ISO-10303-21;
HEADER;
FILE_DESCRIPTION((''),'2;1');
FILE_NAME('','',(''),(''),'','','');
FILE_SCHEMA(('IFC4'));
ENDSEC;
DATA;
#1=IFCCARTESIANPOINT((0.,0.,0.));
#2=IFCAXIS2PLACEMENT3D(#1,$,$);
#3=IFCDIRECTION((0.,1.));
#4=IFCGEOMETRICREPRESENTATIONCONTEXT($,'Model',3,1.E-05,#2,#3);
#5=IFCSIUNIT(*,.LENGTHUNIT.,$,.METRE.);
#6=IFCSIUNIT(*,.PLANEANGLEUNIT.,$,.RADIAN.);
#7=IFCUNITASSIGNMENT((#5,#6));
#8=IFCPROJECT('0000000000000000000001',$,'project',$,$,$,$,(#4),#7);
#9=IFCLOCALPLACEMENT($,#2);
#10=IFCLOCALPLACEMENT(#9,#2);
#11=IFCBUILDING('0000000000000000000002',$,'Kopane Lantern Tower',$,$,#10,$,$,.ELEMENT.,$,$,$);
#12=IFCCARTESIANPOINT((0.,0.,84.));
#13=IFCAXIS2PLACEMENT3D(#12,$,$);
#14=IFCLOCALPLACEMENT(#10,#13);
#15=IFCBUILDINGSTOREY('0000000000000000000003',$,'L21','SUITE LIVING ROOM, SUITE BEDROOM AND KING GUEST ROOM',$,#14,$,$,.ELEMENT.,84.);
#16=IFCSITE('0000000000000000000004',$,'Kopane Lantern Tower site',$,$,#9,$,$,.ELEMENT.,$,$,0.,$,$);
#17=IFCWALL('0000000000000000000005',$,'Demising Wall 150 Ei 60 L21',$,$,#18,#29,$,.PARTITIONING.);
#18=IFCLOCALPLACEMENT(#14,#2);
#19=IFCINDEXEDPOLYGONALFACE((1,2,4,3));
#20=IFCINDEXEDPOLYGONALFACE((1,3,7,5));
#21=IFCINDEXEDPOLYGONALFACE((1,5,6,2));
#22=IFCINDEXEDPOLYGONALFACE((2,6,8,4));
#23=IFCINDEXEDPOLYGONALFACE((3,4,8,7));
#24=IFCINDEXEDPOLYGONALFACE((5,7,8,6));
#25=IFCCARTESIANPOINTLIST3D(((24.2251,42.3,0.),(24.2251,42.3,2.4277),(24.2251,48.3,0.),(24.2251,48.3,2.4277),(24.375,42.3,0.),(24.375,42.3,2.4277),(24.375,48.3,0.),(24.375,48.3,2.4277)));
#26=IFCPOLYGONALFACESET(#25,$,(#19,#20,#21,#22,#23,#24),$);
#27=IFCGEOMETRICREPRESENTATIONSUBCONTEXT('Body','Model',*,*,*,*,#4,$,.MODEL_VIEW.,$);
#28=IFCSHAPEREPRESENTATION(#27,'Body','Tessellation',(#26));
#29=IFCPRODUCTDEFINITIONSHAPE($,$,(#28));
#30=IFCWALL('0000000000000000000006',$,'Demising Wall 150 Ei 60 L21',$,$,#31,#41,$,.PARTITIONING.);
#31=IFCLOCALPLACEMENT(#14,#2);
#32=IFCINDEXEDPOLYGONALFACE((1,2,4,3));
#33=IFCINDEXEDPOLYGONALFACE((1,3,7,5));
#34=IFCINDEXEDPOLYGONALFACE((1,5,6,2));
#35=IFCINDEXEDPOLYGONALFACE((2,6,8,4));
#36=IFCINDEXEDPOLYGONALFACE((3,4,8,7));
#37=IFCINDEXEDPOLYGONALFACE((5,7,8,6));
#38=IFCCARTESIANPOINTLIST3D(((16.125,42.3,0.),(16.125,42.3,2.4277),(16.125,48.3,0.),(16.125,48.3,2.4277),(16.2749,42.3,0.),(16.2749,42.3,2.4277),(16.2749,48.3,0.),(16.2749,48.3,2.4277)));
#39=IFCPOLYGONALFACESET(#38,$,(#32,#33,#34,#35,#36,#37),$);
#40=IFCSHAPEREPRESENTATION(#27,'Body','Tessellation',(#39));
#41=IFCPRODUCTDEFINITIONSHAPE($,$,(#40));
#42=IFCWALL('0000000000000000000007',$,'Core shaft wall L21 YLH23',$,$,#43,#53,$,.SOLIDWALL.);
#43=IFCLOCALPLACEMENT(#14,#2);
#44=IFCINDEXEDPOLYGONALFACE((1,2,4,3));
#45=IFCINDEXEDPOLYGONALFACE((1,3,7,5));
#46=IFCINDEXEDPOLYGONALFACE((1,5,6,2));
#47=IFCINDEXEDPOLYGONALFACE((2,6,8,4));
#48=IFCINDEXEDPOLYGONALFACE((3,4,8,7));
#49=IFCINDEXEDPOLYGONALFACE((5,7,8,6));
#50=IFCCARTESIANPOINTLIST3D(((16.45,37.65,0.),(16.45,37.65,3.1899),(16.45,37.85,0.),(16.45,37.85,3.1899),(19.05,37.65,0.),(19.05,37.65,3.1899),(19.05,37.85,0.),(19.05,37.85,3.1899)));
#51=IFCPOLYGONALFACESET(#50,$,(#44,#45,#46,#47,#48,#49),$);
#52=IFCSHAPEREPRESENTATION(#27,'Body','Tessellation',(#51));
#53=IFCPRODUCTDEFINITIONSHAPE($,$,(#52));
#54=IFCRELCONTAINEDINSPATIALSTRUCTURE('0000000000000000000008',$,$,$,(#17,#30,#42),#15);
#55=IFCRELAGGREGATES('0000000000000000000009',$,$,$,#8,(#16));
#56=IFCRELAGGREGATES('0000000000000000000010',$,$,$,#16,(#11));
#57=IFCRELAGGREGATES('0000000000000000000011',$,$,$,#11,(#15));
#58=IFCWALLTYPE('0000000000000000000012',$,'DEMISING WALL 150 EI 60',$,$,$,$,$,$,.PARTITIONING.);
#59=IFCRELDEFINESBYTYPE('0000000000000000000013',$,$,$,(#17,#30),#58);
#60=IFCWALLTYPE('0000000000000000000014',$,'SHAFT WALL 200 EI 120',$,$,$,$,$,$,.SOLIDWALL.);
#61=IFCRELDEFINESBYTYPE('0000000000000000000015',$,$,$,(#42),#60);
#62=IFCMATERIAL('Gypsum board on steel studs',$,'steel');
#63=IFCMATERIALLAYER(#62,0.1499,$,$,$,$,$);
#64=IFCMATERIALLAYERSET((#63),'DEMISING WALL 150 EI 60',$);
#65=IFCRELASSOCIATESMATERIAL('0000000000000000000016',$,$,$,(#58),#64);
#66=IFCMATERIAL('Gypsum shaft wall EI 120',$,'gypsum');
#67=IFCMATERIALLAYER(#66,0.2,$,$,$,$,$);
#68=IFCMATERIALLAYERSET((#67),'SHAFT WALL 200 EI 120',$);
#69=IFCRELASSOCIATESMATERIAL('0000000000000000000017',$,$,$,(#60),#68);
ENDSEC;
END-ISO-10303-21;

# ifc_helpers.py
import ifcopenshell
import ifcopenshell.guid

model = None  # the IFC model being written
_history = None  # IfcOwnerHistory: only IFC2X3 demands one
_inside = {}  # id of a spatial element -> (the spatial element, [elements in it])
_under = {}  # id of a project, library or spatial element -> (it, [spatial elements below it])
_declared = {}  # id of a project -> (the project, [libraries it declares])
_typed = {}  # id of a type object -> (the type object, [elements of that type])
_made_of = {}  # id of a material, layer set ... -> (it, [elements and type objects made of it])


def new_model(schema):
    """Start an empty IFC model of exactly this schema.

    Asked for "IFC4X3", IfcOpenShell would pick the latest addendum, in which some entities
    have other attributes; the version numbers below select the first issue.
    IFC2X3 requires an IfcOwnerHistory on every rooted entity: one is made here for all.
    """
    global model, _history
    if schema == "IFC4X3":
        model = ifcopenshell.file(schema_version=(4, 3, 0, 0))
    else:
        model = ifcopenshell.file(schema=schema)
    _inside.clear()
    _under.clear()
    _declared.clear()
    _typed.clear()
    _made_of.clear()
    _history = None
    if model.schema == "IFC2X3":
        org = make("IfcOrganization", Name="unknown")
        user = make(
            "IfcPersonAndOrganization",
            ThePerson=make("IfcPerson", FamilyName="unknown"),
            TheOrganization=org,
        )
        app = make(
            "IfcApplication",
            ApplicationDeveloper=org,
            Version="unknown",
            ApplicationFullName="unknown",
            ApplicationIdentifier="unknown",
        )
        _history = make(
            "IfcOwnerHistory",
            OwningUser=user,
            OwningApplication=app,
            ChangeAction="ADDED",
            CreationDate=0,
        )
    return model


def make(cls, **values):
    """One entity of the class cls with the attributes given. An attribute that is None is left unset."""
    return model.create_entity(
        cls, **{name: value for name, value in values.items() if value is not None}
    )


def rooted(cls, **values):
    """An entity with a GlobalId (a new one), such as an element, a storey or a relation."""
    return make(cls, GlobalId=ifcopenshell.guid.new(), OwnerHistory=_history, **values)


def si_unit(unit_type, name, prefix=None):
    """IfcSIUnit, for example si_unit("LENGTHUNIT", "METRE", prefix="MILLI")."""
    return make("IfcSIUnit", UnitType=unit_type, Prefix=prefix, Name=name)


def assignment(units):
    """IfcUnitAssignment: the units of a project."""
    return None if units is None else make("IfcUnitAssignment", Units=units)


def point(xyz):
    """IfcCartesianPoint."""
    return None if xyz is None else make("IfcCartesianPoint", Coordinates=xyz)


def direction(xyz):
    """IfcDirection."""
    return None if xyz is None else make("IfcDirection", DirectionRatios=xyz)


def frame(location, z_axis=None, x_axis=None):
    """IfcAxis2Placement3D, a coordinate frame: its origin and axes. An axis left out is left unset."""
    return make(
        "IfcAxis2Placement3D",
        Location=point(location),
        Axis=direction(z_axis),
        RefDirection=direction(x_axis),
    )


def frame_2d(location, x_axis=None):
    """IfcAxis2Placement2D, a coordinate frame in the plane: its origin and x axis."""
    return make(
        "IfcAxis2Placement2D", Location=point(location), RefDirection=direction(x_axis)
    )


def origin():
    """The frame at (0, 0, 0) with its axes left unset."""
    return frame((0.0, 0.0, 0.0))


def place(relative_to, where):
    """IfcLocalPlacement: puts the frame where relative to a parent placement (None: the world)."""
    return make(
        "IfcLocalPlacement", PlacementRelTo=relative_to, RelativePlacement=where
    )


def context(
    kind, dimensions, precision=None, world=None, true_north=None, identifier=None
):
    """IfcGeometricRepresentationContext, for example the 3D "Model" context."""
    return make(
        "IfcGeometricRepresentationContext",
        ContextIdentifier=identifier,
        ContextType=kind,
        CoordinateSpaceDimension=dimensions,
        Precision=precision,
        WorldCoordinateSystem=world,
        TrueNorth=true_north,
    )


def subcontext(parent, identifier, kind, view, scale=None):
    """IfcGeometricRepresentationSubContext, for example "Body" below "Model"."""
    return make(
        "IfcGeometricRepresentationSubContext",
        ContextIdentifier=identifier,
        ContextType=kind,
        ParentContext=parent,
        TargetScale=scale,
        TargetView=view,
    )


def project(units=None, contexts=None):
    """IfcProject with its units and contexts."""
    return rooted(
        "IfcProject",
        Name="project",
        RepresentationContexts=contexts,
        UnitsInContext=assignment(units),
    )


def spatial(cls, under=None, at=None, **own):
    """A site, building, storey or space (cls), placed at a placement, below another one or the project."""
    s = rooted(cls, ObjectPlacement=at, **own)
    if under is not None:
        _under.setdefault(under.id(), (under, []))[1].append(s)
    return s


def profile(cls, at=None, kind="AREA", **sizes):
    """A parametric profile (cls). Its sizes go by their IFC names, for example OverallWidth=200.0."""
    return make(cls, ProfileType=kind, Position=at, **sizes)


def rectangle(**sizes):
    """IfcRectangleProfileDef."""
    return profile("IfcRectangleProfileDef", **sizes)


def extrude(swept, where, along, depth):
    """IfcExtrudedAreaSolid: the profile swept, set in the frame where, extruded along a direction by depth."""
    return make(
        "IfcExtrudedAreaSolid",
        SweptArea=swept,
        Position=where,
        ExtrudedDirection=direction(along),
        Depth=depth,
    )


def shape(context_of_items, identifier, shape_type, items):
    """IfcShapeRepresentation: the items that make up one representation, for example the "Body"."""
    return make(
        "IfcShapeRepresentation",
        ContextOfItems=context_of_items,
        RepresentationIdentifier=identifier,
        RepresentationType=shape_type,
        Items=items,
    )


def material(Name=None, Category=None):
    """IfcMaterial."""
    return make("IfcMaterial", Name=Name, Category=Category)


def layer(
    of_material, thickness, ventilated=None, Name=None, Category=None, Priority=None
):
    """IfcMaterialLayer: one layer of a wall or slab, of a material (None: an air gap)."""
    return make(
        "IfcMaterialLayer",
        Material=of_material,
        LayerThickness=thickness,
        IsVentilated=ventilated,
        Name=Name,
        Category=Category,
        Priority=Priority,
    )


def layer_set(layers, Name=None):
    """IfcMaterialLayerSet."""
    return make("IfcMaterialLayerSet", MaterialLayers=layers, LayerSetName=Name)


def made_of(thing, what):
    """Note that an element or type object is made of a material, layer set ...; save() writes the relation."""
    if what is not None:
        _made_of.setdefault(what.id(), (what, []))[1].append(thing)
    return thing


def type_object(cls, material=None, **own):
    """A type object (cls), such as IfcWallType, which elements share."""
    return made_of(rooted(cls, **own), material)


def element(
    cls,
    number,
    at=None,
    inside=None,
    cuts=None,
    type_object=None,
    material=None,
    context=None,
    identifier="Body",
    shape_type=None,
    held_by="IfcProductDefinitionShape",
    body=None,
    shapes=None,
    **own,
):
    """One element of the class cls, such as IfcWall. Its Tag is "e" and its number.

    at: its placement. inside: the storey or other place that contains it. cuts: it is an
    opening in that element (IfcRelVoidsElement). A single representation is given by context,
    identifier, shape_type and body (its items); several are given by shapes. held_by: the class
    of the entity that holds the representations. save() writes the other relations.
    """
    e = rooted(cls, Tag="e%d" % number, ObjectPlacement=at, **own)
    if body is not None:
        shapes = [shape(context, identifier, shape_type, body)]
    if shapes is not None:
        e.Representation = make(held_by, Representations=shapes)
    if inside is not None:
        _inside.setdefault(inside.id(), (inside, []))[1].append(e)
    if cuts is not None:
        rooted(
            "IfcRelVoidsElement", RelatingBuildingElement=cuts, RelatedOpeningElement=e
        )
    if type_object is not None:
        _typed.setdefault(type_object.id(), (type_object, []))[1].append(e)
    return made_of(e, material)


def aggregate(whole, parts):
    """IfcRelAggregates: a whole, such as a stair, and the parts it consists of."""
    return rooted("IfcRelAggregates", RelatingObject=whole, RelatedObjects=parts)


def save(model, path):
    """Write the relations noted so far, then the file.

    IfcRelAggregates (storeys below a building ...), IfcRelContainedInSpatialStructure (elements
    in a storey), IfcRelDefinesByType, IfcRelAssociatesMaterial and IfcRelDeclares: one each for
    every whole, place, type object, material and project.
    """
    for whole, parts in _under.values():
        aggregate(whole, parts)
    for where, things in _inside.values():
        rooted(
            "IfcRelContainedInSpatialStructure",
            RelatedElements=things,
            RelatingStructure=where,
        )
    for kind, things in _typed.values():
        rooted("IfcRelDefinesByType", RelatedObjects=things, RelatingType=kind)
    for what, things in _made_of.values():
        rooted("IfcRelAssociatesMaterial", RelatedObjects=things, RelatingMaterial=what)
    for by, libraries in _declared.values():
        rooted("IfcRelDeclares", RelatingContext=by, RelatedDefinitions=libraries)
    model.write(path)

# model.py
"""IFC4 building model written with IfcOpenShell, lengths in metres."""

from ifc_helpers import new_model, si_unit, direction, frame, frame_2d, origin, place, context, subcontext, project, spatial, rectangle, extrude, material, layer, layer_set, type_object, element, save


model = new_model("IFC4")

# Units and contexts
model_context = context("Model", 3, precision=1e-05, world=origin(), true_north=direction((0.0, 1.0)))
body_context = subcontext(model_context, "Body", "Model", "MODEL_VIEW")
ifc_project = project(units=[si_unit("LENGTHUNIT", "METRE"), si_unit("PLANEANGLEUNIT", "RADIAN")], contexts=[model_context])

# Site, building, storey
site_placement = place(None, origin())
site = spatial("IfcSite", under=ifc_project, at=site_placement, Name="Kopane Lantern Tower site", CompositionType="ELEMENT", RefElevation=0.0)
building_placement = place(site_placement, origin())
building = spatial("IfcBuilding", under=site, at=building_placement, Name="Kopane Lantern Tower", CompositionType="ELEMENT")
storey_placement = place(building_placement, frame((0.0, 0.0, 84.0)))
storey = spatial("IfcBuildingStorey", under=building, at=storey_placement, Name="L21", Description="SUITE LIVING ROOM, SUITE BEDROOM AND KING GUEST ROOM", CompositionType="ELEMENT", Elevation=84.0)

# Walls
ifc_material_1 = material(Name="Gypsum board on steel studs", Category="steel")
ifc_layer_1 = layer(ifc_material_1, 0.1499)
ifc_layer_set_1 = layer_set([ifc_layer_1], Name="DEMISING WALL 150 EI 60")
wall_type_1 = type_object("IfcWallType", Name="DEMISING WALL 150 EI 60", PredefinedType="PARTITIONING", material=ifc_layer_set_1)
for number, where, z_axis, x_axis, name in (
    (1, (24.3, 42.3, 0.0), (0.0, 0.0, 1.0), (0.0, 1.0, 0.0), "Demising Wall 150 Ei 60 L21"),
    (2, (16.2, 42.3, 0.0), (0.0, 0.0, 1.0), (0.0, 1.0, 0.0), "Demising Wall 150 Ei 60 L21"),
):
    element("IfcWall", number, at=place(storey_placement, frame(where, z_axis=z_axis, x_axis=x_axis)), inside=storey, type_object=wall_type_1, Name=name, PredefinedType="PARTITIONING", context=body_context, shape_type="SweptSolid", body=[
        extrude(rectangle(XDim=6.0, YDim=0.1499, at=frame_2d((3.0, 0.0))), origin(), (0.0, 0.0, 1.0), 2.4277),
    ])
ifc_material_2 = material(Name="Gypsum shaft wall EI 120", Category="gypsum")
ifc_layer_2 = layer(ifc_material_2, 0.2)
ifc_layer_set_2 = layer_set([ifc_layer_2], Name="SHAFT WALL 200 EI 120")
wall_type_2 = type_object("IfcWallType", Name="SHAFT WALL 200 EI 120", PredefinedType="SOLIDWALL", material=ifc_layer_set_2)
wall_1_placement = place(storey_placement, frame((16.45, 37.75, 0.0), z_axis=(0.0, 0.0, 1.0), x_axis=(1.0, 0.0, 0.0)))
element("IfcWall", 3, at=wall_1_placement, inside=storey, type_object=wall_type_2, Name="Core shaft wall L21 YLH23", PredefinedType="SOLIDWALL", context=body_context, shape_type="SweptSolid", body=[
    extrude(rectangle(XDim=2.6001, YDim=0.2, at=frame_2d((1.3, 0.0))), origin(), (0.0, 0.0, 1.0), 3.1899),
])

save(model, "model.ifc")
